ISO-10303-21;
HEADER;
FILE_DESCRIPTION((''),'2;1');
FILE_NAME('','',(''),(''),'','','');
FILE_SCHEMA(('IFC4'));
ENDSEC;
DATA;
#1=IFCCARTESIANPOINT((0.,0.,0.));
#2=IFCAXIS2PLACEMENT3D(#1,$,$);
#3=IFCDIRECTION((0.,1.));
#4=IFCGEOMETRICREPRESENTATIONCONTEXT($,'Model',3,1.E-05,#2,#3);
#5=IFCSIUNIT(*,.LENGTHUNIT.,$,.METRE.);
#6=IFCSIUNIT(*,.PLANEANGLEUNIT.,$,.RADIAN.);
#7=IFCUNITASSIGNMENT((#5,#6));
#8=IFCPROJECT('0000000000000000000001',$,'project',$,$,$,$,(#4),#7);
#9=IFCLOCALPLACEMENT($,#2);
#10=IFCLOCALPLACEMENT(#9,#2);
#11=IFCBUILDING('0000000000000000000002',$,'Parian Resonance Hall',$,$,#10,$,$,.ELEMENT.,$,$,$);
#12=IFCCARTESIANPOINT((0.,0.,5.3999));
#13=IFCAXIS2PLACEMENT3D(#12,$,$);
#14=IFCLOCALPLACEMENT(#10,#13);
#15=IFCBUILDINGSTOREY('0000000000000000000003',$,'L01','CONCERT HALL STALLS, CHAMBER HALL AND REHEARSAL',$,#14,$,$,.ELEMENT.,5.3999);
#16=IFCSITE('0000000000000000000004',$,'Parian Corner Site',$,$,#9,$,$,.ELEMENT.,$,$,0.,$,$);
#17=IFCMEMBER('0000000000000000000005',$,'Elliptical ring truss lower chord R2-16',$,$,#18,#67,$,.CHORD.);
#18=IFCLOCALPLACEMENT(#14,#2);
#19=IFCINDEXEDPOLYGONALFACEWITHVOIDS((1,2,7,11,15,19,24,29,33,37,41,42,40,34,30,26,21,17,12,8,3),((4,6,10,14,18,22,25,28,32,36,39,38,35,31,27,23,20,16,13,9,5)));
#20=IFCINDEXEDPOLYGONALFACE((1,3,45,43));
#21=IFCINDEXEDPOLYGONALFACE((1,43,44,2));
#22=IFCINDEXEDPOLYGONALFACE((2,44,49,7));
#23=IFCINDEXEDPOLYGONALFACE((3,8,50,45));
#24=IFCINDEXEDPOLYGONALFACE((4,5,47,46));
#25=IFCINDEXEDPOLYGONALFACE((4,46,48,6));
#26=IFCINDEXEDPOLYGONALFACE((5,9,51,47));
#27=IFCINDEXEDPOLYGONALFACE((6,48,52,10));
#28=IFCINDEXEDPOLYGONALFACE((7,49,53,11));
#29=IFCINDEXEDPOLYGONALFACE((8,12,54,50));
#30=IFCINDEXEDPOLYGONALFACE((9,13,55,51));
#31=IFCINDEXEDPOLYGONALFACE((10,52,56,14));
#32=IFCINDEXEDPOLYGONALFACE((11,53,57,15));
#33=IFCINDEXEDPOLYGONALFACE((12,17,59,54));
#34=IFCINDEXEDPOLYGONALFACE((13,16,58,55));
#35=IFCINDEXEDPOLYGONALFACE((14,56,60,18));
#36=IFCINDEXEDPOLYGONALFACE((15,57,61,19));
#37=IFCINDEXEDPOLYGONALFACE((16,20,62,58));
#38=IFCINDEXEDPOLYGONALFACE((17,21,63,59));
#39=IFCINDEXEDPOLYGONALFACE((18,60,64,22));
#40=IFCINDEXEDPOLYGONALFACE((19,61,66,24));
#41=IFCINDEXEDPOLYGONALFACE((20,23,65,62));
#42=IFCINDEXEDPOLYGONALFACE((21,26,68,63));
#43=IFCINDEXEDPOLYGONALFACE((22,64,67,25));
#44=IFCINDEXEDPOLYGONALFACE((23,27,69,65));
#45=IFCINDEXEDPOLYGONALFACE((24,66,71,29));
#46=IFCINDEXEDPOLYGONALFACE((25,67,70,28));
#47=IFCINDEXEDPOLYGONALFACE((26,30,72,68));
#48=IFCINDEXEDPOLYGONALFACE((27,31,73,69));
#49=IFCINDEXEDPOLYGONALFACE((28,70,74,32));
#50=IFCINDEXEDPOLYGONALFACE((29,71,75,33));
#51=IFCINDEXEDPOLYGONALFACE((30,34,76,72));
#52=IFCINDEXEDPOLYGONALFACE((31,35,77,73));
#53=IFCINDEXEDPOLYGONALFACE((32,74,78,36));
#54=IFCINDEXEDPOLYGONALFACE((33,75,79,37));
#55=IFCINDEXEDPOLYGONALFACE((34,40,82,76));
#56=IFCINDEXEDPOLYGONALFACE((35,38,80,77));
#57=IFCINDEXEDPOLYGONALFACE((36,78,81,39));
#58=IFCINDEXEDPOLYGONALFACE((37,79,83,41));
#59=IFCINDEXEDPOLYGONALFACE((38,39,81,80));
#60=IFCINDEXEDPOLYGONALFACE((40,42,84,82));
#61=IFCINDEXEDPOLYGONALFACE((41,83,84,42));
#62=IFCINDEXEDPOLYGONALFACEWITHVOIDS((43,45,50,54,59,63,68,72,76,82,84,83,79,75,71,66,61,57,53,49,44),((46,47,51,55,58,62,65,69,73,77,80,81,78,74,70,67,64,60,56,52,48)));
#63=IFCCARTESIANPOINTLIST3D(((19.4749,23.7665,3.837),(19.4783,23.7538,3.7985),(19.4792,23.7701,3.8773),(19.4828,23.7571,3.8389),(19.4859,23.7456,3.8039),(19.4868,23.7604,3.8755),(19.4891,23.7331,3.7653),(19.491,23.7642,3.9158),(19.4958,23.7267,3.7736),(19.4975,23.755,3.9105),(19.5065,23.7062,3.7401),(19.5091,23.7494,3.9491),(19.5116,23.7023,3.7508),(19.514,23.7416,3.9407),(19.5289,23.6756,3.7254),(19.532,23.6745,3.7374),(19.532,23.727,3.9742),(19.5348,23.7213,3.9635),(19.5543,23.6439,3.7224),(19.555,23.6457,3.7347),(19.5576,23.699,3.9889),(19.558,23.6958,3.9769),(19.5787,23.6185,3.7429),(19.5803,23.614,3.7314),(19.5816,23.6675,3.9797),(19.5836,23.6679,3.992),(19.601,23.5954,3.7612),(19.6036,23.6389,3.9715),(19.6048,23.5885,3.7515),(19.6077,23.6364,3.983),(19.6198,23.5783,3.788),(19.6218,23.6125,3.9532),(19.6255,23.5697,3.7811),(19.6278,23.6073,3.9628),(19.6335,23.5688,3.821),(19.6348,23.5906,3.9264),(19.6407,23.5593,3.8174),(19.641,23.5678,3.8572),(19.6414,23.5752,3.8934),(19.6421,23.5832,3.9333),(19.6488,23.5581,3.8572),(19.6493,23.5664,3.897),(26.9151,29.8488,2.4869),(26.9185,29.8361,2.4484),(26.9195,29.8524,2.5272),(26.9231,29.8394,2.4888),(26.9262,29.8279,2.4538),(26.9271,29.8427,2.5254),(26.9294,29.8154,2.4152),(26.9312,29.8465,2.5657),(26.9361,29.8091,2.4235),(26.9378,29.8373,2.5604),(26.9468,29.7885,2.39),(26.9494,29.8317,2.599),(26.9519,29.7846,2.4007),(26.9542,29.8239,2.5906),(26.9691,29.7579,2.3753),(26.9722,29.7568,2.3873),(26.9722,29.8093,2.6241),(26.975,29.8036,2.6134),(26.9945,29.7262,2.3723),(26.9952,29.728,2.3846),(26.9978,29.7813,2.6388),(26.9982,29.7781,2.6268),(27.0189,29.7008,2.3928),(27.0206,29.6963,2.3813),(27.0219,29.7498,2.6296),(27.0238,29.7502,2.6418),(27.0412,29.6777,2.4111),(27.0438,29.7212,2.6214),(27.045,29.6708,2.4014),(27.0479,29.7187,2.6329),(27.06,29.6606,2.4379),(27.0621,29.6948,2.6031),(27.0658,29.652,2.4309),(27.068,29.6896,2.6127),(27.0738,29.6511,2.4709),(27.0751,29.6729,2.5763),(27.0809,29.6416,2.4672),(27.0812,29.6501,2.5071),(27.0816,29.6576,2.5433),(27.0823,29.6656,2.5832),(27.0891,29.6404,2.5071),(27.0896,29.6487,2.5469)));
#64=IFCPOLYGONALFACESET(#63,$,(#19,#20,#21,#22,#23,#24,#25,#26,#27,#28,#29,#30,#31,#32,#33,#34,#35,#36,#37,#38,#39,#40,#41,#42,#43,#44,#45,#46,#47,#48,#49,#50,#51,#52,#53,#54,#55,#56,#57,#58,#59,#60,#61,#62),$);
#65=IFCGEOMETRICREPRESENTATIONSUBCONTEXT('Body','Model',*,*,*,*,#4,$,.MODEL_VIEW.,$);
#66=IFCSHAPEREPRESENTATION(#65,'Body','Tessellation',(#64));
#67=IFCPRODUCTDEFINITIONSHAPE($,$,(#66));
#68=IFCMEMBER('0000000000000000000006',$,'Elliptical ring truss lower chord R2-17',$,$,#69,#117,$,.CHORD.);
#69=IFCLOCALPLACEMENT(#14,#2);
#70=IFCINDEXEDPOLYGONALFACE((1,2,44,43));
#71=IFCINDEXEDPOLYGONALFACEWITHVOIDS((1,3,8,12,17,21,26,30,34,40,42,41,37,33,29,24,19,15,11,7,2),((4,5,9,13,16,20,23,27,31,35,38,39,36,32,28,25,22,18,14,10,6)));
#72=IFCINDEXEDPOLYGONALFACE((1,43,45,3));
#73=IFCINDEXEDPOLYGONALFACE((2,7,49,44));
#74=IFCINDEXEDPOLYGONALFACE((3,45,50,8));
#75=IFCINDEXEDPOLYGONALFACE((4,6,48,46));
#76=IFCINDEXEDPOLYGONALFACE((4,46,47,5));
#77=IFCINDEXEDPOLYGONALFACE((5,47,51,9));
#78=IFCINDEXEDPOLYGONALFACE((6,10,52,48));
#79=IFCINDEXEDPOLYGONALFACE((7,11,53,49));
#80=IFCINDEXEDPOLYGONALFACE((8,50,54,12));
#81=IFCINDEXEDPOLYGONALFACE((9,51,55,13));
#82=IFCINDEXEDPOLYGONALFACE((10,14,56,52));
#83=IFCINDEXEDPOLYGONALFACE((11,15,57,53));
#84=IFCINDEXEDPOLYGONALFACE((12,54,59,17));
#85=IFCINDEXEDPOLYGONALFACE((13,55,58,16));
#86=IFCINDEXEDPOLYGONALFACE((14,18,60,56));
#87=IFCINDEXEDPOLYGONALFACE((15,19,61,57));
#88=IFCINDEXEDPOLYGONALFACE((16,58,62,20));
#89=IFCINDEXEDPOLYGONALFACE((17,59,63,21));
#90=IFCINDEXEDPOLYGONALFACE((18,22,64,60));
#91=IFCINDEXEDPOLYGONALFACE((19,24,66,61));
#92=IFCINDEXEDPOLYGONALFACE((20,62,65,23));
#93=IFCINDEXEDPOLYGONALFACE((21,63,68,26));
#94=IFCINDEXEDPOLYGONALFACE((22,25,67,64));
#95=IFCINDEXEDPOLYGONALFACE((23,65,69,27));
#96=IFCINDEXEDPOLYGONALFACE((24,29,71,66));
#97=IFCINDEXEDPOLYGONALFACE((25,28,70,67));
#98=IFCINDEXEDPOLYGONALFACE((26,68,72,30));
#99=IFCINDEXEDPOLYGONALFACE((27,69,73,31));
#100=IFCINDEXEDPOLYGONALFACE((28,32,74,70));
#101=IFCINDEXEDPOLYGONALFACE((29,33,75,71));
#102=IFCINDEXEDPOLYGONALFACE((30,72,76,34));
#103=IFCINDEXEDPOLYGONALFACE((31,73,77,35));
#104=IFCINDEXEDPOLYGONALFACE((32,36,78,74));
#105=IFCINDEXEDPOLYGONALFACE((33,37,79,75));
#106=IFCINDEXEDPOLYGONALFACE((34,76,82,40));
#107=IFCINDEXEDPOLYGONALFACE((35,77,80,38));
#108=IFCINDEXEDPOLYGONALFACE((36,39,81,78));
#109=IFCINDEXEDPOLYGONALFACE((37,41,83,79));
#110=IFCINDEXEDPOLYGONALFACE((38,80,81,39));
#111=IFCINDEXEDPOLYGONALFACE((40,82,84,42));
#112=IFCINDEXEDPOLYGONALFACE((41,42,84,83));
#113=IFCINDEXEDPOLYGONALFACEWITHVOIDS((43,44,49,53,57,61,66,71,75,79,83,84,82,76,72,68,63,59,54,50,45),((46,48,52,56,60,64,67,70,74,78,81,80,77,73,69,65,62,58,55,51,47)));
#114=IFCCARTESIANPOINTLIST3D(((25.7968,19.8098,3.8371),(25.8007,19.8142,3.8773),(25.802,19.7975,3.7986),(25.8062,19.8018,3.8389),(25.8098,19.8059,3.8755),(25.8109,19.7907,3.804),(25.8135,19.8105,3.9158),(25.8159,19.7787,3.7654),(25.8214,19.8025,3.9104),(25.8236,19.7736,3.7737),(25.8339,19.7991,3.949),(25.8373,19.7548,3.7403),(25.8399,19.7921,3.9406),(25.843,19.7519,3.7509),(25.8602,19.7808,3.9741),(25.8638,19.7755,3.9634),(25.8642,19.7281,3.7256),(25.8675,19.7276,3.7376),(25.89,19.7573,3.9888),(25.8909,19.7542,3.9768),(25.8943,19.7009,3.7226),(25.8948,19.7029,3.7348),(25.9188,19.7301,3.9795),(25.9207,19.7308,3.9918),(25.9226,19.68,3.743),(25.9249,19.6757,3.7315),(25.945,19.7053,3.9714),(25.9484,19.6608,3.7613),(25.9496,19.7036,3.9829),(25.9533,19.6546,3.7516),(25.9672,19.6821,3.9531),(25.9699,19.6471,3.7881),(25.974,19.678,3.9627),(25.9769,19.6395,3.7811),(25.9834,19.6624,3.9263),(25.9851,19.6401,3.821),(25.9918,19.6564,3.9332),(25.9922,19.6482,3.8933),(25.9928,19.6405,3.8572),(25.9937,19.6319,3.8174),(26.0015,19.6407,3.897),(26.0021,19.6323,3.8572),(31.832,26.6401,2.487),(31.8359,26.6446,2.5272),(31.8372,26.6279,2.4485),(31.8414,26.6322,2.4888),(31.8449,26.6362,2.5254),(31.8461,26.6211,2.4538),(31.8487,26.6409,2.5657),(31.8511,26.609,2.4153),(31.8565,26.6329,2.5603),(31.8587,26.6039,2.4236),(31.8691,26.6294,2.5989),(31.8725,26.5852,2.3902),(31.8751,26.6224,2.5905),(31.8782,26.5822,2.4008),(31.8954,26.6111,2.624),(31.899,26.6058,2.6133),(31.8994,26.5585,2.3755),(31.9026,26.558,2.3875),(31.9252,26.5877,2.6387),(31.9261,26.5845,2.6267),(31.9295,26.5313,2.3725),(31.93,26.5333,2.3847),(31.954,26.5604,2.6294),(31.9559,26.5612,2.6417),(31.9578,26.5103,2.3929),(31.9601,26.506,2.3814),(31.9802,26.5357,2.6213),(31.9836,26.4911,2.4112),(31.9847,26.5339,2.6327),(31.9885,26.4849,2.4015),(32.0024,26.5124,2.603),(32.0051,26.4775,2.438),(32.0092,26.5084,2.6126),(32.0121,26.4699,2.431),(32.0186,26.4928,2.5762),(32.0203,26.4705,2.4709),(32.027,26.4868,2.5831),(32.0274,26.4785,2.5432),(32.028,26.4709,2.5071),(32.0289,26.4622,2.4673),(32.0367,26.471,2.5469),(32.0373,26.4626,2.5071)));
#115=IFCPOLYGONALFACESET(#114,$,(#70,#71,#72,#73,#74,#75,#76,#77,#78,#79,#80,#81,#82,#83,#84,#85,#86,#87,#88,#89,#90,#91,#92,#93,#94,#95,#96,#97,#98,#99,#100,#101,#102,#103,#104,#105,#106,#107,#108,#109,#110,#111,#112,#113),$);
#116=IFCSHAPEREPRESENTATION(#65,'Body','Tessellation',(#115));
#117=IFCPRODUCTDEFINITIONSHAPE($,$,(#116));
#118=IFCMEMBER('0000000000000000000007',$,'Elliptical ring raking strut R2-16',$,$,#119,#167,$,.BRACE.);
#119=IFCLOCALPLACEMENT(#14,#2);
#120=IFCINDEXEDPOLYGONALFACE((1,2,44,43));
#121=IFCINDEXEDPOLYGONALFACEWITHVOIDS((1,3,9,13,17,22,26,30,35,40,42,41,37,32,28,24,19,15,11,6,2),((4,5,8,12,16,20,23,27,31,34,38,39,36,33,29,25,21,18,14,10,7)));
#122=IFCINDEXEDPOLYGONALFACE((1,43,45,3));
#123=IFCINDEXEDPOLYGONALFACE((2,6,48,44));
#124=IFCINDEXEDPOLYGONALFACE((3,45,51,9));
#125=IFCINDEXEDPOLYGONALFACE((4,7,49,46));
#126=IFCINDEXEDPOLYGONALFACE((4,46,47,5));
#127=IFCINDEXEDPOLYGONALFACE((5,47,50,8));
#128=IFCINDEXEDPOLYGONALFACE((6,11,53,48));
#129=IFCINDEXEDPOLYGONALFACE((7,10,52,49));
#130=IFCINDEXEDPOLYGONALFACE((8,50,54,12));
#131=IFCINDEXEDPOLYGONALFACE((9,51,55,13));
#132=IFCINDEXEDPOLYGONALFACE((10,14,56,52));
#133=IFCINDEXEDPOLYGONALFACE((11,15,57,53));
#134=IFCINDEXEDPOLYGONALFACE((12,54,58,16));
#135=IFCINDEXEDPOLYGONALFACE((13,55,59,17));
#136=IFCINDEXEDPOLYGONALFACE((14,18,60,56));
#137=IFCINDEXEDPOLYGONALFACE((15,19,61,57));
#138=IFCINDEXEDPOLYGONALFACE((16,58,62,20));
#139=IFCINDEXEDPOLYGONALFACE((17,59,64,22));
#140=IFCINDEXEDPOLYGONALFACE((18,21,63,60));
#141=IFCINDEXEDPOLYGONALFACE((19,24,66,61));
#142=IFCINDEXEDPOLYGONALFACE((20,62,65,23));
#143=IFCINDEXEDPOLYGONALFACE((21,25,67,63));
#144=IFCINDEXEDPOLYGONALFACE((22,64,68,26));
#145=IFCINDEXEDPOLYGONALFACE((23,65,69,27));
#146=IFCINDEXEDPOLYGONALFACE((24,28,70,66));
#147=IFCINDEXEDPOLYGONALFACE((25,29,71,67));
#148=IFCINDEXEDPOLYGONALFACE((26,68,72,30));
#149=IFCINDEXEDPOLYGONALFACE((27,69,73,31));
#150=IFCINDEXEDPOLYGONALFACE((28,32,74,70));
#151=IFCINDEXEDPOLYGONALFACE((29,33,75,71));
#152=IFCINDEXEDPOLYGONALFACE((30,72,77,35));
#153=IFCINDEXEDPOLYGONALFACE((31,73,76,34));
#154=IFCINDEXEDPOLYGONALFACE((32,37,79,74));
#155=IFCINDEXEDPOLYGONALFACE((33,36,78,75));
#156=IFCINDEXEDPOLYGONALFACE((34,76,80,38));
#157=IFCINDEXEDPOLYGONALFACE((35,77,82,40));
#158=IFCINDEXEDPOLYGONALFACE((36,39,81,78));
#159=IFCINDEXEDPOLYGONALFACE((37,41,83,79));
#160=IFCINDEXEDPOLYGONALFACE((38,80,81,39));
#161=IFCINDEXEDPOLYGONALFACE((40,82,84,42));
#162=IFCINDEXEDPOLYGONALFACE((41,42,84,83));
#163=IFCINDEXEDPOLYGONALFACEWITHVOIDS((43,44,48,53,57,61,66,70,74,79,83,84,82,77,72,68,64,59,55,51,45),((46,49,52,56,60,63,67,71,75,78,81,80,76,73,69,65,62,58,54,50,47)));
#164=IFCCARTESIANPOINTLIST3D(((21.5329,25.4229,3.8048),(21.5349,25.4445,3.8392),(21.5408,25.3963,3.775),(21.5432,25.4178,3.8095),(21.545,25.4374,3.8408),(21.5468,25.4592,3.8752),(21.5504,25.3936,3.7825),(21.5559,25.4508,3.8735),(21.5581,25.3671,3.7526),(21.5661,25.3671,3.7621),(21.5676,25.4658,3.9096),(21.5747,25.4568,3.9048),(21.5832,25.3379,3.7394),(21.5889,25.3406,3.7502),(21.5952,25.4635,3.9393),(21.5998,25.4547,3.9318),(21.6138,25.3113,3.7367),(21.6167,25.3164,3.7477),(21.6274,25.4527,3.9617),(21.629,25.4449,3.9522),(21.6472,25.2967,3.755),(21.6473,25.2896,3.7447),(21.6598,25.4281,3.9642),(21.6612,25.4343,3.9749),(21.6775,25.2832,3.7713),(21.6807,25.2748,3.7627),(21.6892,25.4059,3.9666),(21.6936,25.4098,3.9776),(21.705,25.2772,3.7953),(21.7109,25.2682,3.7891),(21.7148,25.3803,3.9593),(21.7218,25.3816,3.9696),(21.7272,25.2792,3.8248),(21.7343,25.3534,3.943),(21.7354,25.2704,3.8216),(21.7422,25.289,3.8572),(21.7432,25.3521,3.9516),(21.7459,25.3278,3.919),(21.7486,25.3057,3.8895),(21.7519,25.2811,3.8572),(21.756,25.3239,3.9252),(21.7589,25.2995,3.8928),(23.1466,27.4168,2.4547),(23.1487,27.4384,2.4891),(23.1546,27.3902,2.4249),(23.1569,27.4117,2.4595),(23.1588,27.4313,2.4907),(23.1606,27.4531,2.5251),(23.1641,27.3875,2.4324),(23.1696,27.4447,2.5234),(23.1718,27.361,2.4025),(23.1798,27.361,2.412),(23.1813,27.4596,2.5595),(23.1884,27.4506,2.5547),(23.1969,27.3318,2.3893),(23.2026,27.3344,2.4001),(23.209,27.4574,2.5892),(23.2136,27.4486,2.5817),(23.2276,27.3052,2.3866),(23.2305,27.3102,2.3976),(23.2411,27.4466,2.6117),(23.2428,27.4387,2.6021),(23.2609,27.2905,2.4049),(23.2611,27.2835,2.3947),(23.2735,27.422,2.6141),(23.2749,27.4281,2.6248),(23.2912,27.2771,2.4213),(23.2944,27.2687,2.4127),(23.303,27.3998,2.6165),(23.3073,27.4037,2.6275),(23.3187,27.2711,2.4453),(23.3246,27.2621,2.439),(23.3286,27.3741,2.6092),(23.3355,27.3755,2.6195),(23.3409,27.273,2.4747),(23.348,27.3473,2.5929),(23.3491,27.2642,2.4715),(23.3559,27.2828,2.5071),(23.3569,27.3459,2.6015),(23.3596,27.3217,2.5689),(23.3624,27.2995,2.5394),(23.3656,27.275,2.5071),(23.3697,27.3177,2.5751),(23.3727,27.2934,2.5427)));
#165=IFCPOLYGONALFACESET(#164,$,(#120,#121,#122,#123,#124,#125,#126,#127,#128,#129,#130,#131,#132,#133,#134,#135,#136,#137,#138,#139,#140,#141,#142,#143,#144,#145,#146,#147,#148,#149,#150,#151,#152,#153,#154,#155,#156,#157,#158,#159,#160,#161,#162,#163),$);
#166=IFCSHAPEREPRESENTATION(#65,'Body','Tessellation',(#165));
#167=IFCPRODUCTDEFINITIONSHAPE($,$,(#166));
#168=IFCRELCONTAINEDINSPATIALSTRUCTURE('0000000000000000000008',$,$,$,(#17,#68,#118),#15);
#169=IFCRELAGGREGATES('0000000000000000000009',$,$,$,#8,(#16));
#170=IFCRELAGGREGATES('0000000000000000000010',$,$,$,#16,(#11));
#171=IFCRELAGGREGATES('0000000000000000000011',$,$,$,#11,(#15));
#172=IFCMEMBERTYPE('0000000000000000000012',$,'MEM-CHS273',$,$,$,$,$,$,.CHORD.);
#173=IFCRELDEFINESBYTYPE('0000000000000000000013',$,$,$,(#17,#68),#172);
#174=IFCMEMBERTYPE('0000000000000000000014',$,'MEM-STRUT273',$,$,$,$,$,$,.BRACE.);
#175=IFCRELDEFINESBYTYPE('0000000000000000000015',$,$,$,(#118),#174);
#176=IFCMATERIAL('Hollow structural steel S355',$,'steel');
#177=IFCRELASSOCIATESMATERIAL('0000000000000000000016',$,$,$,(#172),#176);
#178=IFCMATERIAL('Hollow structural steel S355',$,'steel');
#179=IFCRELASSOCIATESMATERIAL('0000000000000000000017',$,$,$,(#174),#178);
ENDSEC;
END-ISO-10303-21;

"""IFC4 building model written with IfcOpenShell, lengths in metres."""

from ifc_helpers import new_model, si_unit, direction, frame, origin, origin_2d, place, context, subcontext, project, spatial, hollow_circle, extrude, material, material_profile, profile_set, type_object, element, save


model = new_model("IFC4")

# Units and contexts
model_context = context("Model", 3, precision=1e-05, world=origin(), true_north=direction((0.0, 1.0)))
body_context = subcontext(model_context, "Body", "Model", "MODEL_VIEW")
ifc_project = project(units=[si_unit("LENGTHUNIT", "METRE"), si_unit("PLANEANGLEUNIT", "RADIAN")], contexts=[model_context])

# Site, building, storey
site_placement = place(None, origin())
site = spatial("IfcSite", under=ifc_project, at=site_placement, Name="Parian Corner Site", CompositionType="ELEMENT", RefElevation=0.0)
building_placement = place(site_placement, origin())
building = spatial("IfcBuilding", under=site, at=building_placement, Name="Parian Resonance Hall", CompositionType="ELEMENT")
storey_placement = place(building_placement, frame((0.0, 0.0, 5.3999)))
storey = spatial("IfcBuildingStorey", under=building, at=storey_placement, Name="L01", Description="CONCERT HALL STALLS, CHAMBER HALL AND REHEARSAL", CompositionType="ELEMENT", Elevation=5.3999)

# Members
ifc_material_1 = material(Name="Hollow structural steel S355", Category="steel")
ifc_material_profile_1 = material_profile(ifc_material_1, hollow_circle(Radius=0.1365, WallThickness=0.0125, at=origin_2d()), Name="CHS273x12.5")
ifc_profile_set_1 = profile_set([ifc_material_profile_1], Name="Hollow structural steel S355")
member_type_1 = type_object("IfcMemberType", Name="MEM-CHS273", PredefinedType="CHORD", material=ifc_profile_set_1)
member_1_placement = place(storey_placement, frame((27.0027, 29.7461, 2.5071), z_axis=(-0.766691, -0.626762, 0.139124), x_axis=(0.632917, -0.77422, 0.0)))
element("IfcMember", 1, at=member_1_placement, inside=storey, type_object=member_type_1, Name="Elliptical ring truss lower chord R2-16", PredefinedType="CHORD", context=body_context, shape_type="SweptSolid", body=[
    extrude(hollow_circle(Radius=0.1365, WallThickness=0.0125, at=origin_2d()), origin(), (0.0, 0.0, 1.0), 9.7043),
])
member_2_placement = place(storey_placement, frame((31.9351, 26.553, 2.5071), z_axis=(-0.654993, -0.741292, 0.146526), x_axis=(0.74938, -0.66214, 0.0)))
element("IfcMember", 2, at=member_2_placement, inside=storey, type_object=member_type_1, Name="Elliptical ring truss lower chord R2-17", PredefinedType="CHORD", context=body_context, shape_type="SweptSolid", body=[
    extrude(hollow_circle(Radius=0.1365, WallThickness=0.0125, at=origin_2d()), origin(), (0.0, 0.0, 1.0), 9.2141),
])
ifc_material_2 = material(Name="Hollow structural steel S355", Category="steel")
ifc_material_profile_2 = material_profile(ifc_material_2, hollow_circle(Radius=0.1365, WallThickness=0.0125, at=origin_2d()), Name="CHS273x12.5")
ifc_profile_set_2 = profile_set([ifc_material_profile_2], Name="Hollow structural steel S355")
member_type_2 = type_object("IfcMemberType", Name="MEM-STRUT273", PredefinedType="BRACE", material=ifc_profile_set_2)
member_3_placement = place(storey_placement, frame((23.2595, 27.3608, 2.5071), z_axis=(-0.556716, -0.687852, 0.465755), x_axis=(0.777309, -0.629119, 0.0)))
element("IfcMember", 3, at=member_3_placement, inside=storey, type_object=member_type_2, Name="Elliptical ring raking strut R2-16", PredefinedType="BRACE", context=body_context, shape_type="SweptSolid", body=[
    extrude(hollow_circle(Radius=0.1365, WallThickness=0.0125, at=origin_2d()), origin(), (0.0, 0.0, 1.0), 2.8987),
])

save(model, "model.ifc")
